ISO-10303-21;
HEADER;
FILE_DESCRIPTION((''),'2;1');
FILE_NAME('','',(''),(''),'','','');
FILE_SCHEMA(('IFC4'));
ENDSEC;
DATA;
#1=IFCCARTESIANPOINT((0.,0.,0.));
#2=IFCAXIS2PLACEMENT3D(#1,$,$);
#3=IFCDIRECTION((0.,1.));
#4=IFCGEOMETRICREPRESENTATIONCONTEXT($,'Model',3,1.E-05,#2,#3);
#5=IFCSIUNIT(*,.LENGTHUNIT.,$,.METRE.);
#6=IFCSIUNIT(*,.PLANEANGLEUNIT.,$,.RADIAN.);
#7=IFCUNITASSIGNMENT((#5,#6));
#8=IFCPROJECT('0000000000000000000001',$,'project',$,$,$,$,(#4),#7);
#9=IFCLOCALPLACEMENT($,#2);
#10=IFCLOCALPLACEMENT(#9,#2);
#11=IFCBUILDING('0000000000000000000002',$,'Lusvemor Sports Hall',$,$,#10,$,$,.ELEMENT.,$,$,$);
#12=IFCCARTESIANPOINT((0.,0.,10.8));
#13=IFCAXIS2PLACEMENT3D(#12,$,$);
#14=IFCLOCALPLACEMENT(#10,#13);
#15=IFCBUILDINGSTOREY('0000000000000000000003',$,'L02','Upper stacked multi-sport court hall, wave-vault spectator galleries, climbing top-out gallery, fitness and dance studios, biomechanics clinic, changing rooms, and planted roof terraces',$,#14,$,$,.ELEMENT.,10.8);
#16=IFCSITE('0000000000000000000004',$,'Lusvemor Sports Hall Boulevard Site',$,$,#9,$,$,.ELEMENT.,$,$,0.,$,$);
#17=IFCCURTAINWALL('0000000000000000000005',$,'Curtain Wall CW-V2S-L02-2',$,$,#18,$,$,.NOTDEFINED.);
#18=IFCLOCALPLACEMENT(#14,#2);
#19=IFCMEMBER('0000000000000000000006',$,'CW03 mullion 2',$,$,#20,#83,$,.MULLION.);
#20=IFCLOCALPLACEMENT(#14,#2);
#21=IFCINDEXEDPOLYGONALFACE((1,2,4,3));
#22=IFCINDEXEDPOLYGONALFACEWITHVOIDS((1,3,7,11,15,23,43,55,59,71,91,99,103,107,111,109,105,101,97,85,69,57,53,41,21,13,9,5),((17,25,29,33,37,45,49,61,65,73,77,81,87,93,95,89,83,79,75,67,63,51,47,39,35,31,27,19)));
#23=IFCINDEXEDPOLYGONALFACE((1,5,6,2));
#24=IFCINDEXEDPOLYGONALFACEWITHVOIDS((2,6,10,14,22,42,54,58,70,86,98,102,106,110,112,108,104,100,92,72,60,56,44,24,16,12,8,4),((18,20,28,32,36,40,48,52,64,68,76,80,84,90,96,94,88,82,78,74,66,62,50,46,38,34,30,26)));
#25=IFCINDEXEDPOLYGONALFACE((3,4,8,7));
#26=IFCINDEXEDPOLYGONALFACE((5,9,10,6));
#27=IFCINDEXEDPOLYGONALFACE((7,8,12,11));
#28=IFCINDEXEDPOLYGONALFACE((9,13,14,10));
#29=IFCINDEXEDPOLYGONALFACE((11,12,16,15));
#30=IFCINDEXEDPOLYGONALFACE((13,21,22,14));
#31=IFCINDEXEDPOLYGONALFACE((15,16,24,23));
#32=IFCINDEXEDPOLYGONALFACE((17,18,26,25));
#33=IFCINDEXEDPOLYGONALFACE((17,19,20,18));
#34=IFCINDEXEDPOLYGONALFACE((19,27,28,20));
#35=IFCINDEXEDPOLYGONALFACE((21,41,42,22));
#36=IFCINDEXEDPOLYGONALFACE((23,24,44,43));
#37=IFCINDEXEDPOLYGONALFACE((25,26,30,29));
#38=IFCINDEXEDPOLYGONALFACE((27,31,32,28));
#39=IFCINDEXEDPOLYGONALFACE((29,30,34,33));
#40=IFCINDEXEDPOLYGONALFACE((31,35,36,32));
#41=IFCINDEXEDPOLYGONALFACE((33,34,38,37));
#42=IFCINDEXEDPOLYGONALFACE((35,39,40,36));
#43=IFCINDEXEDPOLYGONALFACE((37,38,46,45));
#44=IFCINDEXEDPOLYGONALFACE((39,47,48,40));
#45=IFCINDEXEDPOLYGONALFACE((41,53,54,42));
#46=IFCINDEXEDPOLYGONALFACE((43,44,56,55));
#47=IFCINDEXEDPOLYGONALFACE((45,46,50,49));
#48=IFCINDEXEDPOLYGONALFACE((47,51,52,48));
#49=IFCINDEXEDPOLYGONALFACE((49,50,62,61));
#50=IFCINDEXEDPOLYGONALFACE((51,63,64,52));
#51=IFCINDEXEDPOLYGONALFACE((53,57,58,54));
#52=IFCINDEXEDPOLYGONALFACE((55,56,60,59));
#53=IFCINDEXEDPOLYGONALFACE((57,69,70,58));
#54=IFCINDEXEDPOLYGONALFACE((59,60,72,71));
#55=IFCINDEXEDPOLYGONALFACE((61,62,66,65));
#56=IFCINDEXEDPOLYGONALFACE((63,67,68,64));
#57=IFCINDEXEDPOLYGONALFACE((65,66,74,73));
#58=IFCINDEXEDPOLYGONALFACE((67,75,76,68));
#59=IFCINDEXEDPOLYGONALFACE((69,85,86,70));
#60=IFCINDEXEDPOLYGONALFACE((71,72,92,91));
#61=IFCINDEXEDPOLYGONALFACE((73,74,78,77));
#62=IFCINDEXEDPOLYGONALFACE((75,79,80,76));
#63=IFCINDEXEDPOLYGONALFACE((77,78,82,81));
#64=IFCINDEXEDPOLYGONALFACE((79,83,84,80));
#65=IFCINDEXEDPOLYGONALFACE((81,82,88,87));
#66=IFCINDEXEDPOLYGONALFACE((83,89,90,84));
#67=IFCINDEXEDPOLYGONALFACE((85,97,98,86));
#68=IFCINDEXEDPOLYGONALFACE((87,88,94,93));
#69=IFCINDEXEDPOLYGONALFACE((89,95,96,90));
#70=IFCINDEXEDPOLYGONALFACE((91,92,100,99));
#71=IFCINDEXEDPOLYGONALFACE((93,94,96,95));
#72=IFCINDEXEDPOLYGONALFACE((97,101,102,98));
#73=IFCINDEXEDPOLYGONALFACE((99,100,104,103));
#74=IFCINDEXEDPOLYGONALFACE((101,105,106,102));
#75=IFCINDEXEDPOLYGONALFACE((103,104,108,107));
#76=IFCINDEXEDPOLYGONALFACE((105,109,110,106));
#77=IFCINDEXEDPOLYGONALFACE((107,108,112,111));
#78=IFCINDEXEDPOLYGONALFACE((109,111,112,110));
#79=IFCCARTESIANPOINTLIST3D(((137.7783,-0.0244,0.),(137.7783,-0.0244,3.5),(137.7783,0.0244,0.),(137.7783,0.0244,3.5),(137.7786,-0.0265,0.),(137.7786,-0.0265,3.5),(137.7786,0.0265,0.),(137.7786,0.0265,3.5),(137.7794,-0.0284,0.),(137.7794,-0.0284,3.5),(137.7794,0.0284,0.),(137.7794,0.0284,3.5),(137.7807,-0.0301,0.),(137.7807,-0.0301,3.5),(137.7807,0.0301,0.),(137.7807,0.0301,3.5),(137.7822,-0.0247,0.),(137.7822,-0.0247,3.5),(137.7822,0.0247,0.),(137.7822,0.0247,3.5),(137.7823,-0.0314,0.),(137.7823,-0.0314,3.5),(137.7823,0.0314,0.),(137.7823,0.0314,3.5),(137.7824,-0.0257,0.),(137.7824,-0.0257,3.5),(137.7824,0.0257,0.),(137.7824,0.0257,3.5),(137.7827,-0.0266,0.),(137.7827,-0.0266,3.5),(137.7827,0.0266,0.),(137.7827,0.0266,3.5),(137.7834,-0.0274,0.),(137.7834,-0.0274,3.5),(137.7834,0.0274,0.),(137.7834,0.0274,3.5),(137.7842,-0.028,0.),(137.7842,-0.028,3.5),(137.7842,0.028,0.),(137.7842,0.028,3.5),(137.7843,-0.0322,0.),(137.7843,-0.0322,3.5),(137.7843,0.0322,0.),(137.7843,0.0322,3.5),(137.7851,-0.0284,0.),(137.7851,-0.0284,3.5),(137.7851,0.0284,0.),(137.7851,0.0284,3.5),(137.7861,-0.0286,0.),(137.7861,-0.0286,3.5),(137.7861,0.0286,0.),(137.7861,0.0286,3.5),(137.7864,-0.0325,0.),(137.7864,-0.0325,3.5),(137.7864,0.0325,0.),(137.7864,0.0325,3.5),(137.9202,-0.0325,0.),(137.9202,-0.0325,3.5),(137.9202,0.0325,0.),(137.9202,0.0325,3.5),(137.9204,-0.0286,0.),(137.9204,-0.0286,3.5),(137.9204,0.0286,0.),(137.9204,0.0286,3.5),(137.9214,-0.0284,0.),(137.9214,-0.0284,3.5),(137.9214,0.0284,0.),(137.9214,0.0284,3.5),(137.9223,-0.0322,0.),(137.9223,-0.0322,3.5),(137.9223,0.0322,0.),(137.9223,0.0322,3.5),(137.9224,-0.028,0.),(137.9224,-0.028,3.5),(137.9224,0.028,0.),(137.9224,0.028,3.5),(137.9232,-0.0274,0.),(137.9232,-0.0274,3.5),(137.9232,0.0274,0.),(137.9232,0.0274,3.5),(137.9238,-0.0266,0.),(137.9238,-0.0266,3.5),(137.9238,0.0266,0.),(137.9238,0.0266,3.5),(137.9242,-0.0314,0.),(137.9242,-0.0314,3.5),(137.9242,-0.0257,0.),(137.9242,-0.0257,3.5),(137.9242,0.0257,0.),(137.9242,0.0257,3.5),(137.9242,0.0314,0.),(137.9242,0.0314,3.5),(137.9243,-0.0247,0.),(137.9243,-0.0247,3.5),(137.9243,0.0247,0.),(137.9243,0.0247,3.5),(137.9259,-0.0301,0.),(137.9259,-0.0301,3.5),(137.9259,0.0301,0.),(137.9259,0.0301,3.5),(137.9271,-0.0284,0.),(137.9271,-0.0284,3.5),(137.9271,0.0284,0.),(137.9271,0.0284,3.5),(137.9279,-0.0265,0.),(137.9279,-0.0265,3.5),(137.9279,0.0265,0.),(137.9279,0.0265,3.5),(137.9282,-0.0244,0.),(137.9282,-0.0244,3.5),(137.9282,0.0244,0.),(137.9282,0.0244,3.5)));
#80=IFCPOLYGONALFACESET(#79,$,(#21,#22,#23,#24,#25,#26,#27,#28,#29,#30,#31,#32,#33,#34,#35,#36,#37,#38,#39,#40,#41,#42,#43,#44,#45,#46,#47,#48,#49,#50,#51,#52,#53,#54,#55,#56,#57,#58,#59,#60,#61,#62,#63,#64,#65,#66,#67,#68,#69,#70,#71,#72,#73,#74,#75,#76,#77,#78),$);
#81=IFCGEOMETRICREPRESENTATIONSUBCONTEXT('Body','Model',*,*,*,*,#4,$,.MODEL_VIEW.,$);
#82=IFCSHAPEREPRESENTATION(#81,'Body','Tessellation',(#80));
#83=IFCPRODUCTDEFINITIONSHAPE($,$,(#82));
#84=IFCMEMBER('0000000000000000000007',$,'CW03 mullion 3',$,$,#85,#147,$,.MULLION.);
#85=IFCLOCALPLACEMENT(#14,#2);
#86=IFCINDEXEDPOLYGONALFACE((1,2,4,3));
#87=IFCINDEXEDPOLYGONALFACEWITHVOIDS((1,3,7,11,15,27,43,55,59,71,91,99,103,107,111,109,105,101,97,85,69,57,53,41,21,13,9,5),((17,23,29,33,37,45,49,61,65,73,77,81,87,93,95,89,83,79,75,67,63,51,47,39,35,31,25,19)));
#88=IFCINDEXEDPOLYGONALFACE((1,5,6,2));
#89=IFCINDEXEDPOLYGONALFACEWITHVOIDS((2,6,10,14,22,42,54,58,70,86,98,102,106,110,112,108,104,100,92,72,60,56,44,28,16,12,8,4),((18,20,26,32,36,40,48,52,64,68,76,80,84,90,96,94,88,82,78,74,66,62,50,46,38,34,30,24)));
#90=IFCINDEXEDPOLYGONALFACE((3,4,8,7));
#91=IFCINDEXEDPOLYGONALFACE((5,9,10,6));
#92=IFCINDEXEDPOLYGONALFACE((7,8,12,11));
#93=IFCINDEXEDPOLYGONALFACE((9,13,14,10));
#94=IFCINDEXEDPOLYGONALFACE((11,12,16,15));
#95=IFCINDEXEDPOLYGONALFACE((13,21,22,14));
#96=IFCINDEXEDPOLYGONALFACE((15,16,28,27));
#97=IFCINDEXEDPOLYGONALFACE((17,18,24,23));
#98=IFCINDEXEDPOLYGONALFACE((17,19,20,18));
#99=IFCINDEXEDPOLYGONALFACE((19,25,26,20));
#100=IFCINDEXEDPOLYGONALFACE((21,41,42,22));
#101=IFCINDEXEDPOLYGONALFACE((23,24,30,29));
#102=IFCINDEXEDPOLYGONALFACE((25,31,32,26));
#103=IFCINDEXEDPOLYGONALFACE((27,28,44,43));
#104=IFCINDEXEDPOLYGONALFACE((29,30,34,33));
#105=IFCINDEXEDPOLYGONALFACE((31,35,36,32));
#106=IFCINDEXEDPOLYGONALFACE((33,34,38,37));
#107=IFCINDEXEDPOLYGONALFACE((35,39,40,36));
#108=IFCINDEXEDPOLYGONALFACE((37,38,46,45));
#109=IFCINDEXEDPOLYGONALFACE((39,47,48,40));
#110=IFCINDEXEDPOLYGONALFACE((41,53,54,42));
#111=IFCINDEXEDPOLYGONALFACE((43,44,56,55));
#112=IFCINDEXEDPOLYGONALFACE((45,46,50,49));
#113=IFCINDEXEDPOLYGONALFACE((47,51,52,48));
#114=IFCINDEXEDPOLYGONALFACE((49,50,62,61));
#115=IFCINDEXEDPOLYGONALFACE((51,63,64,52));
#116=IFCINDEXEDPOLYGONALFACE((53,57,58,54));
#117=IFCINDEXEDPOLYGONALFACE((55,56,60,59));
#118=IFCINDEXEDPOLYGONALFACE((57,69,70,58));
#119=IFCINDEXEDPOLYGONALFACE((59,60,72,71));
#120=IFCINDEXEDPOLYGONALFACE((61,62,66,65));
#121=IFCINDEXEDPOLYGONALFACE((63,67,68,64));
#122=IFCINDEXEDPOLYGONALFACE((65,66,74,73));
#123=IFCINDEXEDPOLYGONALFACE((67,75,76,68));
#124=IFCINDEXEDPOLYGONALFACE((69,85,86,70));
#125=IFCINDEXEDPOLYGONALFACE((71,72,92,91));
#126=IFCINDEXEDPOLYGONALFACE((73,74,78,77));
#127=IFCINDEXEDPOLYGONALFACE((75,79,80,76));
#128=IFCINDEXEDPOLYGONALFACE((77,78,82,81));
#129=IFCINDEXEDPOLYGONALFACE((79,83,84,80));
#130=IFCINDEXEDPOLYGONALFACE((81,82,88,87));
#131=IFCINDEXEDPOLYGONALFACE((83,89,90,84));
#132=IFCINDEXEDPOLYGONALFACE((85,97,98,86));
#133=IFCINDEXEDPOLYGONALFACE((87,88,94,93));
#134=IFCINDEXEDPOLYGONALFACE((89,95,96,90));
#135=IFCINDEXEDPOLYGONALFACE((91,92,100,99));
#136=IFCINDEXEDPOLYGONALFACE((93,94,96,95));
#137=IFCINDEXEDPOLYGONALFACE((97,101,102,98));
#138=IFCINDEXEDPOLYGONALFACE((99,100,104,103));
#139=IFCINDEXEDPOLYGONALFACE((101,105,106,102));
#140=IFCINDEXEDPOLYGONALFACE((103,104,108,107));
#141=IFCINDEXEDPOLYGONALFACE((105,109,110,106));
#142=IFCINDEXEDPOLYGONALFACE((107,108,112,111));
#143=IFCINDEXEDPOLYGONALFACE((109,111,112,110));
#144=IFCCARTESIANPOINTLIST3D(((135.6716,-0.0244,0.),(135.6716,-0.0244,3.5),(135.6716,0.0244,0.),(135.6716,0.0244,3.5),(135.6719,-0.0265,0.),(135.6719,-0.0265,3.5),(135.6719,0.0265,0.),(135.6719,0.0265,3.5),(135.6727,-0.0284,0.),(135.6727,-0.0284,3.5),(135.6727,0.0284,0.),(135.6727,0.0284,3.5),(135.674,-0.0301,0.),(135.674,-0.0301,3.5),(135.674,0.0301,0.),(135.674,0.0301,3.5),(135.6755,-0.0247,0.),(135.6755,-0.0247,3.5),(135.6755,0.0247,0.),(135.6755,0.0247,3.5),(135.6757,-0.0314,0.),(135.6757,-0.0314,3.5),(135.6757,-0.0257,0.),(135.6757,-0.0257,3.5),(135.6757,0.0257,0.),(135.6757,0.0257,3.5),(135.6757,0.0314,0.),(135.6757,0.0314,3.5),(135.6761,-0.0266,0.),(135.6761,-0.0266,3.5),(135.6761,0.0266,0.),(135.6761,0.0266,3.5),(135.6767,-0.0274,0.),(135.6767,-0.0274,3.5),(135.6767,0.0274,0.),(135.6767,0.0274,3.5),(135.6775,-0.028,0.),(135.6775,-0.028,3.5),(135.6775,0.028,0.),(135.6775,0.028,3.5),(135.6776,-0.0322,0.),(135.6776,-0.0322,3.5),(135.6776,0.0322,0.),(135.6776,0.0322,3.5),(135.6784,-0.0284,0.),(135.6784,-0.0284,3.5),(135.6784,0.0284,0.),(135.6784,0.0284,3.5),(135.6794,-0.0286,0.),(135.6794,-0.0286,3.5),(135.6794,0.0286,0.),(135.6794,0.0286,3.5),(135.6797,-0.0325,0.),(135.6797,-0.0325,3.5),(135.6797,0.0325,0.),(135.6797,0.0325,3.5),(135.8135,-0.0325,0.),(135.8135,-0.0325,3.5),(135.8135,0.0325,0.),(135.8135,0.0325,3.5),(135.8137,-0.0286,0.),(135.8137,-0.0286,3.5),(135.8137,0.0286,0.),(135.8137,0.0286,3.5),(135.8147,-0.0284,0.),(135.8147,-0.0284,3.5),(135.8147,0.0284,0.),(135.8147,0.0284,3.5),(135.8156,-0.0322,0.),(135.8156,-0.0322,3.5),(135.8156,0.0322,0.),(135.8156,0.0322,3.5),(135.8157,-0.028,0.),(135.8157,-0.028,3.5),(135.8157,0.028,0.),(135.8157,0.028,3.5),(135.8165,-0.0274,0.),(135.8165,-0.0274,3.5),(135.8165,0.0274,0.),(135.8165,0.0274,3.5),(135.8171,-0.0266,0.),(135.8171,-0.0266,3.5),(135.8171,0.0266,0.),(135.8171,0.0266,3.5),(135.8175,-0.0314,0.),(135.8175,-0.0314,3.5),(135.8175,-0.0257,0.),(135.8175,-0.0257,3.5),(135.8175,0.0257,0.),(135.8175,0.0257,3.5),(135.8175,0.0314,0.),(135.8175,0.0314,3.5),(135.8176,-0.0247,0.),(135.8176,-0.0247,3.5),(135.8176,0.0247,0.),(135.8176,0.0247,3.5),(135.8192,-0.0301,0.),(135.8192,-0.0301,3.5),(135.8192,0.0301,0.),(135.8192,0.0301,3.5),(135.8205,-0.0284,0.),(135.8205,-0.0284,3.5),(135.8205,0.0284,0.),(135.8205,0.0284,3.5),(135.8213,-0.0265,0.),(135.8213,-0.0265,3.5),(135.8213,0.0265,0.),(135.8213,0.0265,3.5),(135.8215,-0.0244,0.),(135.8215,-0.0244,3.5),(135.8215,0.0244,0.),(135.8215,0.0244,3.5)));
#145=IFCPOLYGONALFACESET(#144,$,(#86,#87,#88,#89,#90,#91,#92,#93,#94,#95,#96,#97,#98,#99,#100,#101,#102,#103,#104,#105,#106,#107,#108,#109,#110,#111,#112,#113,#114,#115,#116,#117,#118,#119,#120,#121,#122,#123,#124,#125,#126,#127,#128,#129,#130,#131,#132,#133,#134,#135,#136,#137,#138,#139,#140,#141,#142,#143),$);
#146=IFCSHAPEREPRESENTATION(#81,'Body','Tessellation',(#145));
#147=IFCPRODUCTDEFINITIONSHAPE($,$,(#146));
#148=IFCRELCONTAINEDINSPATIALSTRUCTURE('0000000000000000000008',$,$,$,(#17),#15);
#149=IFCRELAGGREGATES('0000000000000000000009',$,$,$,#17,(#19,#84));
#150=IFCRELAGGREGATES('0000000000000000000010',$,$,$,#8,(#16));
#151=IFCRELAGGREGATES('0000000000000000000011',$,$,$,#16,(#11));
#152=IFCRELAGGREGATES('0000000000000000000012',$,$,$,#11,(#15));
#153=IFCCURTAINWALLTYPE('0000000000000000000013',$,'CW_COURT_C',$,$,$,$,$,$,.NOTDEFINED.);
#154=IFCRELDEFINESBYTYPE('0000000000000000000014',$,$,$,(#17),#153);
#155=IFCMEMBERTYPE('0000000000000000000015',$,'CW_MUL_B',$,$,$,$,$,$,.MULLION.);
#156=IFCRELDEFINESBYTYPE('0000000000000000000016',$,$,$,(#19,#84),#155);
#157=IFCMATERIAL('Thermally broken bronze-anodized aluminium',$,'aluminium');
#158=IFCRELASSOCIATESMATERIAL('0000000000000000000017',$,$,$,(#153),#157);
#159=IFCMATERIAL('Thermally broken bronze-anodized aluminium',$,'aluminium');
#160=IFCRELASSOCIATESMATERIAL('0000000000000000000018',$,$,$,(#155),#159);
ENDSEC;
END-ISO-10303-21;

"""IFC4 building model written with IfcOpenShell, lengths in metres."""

from ifc_helpers import new_model, si_unit, direction, frame, origin, origin_2d, place, context, subcontext, project, spatial, hollow_rectangle, extrude, material, material_profile, profile_set, type_object, element, aggregate, save


model = new_model("IFC4")

# Units and contexts
model_context = context("Model", 3, precision=1e-05, world=origin(), true_north=direction((0.0, 1.0)))
body_context = subcontext(model_context, "Body", "Model", "MODEL_VIEW")
ifc_project = project(units=[si_unit("LENGTHUNIT", "METRE"), si_unit("PLANEANGLEUNIT", "RADIAN")], contexts=[model_context])

# Site, building, storey
site_placement = place(None, origin())
site = spatial("IfcSite", under=ifc_project, at=site_placement, Name="Lusvemor Sports Hall Boulevard Site", CompositionType="ELEMENT", RefElevation=0.0)
building_placement = place(site_placement, origin())
building = spatial("IfcBuilding", under=site, at=building_placement, Name="Lusvemor Sports Hall", CompositionType="ELEMENT")
storey_placement = place(building_placement, frame((0.0, 0.0, 10.8)))
storey = spatial("IfcBuildingStorey", under=building, at=storey_placement, Name="L02", Description="Upper stacked multi-sport court hall, wave-vault spectator galleries, climbing top-out gallery, fitness and dance studios, biomechanics clinic, changing rooms, and planted roof terraces", CompositionType="ELEMENT", Elevation=10.8)

# Shared definitions
ifc_material_1 = material(Name="Thermally broken bronze-anodized aluminium", Category="aluminium")
curtain_wall_type = type_object("IfcCurtainWallType", Name="CW_COURT_C", PredefinedType="NOTDEFINED", material=ifc_material_1)
ifc_material_2 = material(Name="Thermally broken bronze-anodized aluminium", Category="aluminium")
ifc_material_profile_1 = material_profile(ifc_material_2, hollow_rectangle(XDim=0.0649, YDim=0.1499, WallThickness=0.0039, InnerFilletRadius=0.0039, OuterFilletRadius=0.0081, at=origin_2d()), Name="CWMUL150x65x4")
ifc_profile_set_1 = profile_set([ifc_material_profile_1], Name="Thermally broken bronze-anodized aluminium")
member_type_1 = type_object("IfcMemberType", Name="CW_MUL_B", PredefinedType="MULLION", material=ifc_profile_set_1)

# Curtain wall, members
curtain_wall_1_placement = place(storey_placement, origin())
curtain_wall_1 = element("IfcCurtainWall", 1, at=curtain_wall_1_placement, inside=storey, type_object=curtain_wall_type, Name="Curtain Wall CW-V2S-L02-2", PredefinedType="NOTDEFINED")
member_1_placement = place(storey_placement, frame((137.8533, 0.0, 0.0), z_axis=(0.0, 0.0, 1.0), x_axis=(0.0, -1.0, 0.0)))
member_1 = element("IfcMember", 2, at=member_1_placement, type_object=member_type_1, Name="CW03 mullion 2", PredefinedType="MULLION", context=body_context, shape_type="SweptSolid", body=[
    extrude(hollow_rectangle(XDim=0.0649, YDim=0.1499, WallThickness=0.0039, InnerFilletRadius=0.0039, OuterFilletRadius=0.0081, at=origin_2d()), origin(), (0.0, 0.0, 1.0), 3.5),
])
member_2_placement = place(storey_placement, frame((135.7466, 0.0, 0.0), z_axis=(0.0, 0.0, 1.0), x_axis=(0.0, -1.0, 0.0)))
member_2 = element("IfcMember", 3, at=member_2_placement, type_object=member_type_1, Name="CW03 mullion 3", PredefinedType="MULLION", context=body_context, shape_type="SweptSolid", body=[
    extrude(hollow_rectangle(XDim=0.0649, YDim=0.1499, WallThickness=0.0039, InnerFilletRadius=0.0039, OuterFilletRadius=0.0081, at=origin_2d()), origin(), (0.0, 0.0, 1.0), 3.5),
])

aggregate(curtain_wall_1, [member_1, member_2])

save(model, "model.ifc")
